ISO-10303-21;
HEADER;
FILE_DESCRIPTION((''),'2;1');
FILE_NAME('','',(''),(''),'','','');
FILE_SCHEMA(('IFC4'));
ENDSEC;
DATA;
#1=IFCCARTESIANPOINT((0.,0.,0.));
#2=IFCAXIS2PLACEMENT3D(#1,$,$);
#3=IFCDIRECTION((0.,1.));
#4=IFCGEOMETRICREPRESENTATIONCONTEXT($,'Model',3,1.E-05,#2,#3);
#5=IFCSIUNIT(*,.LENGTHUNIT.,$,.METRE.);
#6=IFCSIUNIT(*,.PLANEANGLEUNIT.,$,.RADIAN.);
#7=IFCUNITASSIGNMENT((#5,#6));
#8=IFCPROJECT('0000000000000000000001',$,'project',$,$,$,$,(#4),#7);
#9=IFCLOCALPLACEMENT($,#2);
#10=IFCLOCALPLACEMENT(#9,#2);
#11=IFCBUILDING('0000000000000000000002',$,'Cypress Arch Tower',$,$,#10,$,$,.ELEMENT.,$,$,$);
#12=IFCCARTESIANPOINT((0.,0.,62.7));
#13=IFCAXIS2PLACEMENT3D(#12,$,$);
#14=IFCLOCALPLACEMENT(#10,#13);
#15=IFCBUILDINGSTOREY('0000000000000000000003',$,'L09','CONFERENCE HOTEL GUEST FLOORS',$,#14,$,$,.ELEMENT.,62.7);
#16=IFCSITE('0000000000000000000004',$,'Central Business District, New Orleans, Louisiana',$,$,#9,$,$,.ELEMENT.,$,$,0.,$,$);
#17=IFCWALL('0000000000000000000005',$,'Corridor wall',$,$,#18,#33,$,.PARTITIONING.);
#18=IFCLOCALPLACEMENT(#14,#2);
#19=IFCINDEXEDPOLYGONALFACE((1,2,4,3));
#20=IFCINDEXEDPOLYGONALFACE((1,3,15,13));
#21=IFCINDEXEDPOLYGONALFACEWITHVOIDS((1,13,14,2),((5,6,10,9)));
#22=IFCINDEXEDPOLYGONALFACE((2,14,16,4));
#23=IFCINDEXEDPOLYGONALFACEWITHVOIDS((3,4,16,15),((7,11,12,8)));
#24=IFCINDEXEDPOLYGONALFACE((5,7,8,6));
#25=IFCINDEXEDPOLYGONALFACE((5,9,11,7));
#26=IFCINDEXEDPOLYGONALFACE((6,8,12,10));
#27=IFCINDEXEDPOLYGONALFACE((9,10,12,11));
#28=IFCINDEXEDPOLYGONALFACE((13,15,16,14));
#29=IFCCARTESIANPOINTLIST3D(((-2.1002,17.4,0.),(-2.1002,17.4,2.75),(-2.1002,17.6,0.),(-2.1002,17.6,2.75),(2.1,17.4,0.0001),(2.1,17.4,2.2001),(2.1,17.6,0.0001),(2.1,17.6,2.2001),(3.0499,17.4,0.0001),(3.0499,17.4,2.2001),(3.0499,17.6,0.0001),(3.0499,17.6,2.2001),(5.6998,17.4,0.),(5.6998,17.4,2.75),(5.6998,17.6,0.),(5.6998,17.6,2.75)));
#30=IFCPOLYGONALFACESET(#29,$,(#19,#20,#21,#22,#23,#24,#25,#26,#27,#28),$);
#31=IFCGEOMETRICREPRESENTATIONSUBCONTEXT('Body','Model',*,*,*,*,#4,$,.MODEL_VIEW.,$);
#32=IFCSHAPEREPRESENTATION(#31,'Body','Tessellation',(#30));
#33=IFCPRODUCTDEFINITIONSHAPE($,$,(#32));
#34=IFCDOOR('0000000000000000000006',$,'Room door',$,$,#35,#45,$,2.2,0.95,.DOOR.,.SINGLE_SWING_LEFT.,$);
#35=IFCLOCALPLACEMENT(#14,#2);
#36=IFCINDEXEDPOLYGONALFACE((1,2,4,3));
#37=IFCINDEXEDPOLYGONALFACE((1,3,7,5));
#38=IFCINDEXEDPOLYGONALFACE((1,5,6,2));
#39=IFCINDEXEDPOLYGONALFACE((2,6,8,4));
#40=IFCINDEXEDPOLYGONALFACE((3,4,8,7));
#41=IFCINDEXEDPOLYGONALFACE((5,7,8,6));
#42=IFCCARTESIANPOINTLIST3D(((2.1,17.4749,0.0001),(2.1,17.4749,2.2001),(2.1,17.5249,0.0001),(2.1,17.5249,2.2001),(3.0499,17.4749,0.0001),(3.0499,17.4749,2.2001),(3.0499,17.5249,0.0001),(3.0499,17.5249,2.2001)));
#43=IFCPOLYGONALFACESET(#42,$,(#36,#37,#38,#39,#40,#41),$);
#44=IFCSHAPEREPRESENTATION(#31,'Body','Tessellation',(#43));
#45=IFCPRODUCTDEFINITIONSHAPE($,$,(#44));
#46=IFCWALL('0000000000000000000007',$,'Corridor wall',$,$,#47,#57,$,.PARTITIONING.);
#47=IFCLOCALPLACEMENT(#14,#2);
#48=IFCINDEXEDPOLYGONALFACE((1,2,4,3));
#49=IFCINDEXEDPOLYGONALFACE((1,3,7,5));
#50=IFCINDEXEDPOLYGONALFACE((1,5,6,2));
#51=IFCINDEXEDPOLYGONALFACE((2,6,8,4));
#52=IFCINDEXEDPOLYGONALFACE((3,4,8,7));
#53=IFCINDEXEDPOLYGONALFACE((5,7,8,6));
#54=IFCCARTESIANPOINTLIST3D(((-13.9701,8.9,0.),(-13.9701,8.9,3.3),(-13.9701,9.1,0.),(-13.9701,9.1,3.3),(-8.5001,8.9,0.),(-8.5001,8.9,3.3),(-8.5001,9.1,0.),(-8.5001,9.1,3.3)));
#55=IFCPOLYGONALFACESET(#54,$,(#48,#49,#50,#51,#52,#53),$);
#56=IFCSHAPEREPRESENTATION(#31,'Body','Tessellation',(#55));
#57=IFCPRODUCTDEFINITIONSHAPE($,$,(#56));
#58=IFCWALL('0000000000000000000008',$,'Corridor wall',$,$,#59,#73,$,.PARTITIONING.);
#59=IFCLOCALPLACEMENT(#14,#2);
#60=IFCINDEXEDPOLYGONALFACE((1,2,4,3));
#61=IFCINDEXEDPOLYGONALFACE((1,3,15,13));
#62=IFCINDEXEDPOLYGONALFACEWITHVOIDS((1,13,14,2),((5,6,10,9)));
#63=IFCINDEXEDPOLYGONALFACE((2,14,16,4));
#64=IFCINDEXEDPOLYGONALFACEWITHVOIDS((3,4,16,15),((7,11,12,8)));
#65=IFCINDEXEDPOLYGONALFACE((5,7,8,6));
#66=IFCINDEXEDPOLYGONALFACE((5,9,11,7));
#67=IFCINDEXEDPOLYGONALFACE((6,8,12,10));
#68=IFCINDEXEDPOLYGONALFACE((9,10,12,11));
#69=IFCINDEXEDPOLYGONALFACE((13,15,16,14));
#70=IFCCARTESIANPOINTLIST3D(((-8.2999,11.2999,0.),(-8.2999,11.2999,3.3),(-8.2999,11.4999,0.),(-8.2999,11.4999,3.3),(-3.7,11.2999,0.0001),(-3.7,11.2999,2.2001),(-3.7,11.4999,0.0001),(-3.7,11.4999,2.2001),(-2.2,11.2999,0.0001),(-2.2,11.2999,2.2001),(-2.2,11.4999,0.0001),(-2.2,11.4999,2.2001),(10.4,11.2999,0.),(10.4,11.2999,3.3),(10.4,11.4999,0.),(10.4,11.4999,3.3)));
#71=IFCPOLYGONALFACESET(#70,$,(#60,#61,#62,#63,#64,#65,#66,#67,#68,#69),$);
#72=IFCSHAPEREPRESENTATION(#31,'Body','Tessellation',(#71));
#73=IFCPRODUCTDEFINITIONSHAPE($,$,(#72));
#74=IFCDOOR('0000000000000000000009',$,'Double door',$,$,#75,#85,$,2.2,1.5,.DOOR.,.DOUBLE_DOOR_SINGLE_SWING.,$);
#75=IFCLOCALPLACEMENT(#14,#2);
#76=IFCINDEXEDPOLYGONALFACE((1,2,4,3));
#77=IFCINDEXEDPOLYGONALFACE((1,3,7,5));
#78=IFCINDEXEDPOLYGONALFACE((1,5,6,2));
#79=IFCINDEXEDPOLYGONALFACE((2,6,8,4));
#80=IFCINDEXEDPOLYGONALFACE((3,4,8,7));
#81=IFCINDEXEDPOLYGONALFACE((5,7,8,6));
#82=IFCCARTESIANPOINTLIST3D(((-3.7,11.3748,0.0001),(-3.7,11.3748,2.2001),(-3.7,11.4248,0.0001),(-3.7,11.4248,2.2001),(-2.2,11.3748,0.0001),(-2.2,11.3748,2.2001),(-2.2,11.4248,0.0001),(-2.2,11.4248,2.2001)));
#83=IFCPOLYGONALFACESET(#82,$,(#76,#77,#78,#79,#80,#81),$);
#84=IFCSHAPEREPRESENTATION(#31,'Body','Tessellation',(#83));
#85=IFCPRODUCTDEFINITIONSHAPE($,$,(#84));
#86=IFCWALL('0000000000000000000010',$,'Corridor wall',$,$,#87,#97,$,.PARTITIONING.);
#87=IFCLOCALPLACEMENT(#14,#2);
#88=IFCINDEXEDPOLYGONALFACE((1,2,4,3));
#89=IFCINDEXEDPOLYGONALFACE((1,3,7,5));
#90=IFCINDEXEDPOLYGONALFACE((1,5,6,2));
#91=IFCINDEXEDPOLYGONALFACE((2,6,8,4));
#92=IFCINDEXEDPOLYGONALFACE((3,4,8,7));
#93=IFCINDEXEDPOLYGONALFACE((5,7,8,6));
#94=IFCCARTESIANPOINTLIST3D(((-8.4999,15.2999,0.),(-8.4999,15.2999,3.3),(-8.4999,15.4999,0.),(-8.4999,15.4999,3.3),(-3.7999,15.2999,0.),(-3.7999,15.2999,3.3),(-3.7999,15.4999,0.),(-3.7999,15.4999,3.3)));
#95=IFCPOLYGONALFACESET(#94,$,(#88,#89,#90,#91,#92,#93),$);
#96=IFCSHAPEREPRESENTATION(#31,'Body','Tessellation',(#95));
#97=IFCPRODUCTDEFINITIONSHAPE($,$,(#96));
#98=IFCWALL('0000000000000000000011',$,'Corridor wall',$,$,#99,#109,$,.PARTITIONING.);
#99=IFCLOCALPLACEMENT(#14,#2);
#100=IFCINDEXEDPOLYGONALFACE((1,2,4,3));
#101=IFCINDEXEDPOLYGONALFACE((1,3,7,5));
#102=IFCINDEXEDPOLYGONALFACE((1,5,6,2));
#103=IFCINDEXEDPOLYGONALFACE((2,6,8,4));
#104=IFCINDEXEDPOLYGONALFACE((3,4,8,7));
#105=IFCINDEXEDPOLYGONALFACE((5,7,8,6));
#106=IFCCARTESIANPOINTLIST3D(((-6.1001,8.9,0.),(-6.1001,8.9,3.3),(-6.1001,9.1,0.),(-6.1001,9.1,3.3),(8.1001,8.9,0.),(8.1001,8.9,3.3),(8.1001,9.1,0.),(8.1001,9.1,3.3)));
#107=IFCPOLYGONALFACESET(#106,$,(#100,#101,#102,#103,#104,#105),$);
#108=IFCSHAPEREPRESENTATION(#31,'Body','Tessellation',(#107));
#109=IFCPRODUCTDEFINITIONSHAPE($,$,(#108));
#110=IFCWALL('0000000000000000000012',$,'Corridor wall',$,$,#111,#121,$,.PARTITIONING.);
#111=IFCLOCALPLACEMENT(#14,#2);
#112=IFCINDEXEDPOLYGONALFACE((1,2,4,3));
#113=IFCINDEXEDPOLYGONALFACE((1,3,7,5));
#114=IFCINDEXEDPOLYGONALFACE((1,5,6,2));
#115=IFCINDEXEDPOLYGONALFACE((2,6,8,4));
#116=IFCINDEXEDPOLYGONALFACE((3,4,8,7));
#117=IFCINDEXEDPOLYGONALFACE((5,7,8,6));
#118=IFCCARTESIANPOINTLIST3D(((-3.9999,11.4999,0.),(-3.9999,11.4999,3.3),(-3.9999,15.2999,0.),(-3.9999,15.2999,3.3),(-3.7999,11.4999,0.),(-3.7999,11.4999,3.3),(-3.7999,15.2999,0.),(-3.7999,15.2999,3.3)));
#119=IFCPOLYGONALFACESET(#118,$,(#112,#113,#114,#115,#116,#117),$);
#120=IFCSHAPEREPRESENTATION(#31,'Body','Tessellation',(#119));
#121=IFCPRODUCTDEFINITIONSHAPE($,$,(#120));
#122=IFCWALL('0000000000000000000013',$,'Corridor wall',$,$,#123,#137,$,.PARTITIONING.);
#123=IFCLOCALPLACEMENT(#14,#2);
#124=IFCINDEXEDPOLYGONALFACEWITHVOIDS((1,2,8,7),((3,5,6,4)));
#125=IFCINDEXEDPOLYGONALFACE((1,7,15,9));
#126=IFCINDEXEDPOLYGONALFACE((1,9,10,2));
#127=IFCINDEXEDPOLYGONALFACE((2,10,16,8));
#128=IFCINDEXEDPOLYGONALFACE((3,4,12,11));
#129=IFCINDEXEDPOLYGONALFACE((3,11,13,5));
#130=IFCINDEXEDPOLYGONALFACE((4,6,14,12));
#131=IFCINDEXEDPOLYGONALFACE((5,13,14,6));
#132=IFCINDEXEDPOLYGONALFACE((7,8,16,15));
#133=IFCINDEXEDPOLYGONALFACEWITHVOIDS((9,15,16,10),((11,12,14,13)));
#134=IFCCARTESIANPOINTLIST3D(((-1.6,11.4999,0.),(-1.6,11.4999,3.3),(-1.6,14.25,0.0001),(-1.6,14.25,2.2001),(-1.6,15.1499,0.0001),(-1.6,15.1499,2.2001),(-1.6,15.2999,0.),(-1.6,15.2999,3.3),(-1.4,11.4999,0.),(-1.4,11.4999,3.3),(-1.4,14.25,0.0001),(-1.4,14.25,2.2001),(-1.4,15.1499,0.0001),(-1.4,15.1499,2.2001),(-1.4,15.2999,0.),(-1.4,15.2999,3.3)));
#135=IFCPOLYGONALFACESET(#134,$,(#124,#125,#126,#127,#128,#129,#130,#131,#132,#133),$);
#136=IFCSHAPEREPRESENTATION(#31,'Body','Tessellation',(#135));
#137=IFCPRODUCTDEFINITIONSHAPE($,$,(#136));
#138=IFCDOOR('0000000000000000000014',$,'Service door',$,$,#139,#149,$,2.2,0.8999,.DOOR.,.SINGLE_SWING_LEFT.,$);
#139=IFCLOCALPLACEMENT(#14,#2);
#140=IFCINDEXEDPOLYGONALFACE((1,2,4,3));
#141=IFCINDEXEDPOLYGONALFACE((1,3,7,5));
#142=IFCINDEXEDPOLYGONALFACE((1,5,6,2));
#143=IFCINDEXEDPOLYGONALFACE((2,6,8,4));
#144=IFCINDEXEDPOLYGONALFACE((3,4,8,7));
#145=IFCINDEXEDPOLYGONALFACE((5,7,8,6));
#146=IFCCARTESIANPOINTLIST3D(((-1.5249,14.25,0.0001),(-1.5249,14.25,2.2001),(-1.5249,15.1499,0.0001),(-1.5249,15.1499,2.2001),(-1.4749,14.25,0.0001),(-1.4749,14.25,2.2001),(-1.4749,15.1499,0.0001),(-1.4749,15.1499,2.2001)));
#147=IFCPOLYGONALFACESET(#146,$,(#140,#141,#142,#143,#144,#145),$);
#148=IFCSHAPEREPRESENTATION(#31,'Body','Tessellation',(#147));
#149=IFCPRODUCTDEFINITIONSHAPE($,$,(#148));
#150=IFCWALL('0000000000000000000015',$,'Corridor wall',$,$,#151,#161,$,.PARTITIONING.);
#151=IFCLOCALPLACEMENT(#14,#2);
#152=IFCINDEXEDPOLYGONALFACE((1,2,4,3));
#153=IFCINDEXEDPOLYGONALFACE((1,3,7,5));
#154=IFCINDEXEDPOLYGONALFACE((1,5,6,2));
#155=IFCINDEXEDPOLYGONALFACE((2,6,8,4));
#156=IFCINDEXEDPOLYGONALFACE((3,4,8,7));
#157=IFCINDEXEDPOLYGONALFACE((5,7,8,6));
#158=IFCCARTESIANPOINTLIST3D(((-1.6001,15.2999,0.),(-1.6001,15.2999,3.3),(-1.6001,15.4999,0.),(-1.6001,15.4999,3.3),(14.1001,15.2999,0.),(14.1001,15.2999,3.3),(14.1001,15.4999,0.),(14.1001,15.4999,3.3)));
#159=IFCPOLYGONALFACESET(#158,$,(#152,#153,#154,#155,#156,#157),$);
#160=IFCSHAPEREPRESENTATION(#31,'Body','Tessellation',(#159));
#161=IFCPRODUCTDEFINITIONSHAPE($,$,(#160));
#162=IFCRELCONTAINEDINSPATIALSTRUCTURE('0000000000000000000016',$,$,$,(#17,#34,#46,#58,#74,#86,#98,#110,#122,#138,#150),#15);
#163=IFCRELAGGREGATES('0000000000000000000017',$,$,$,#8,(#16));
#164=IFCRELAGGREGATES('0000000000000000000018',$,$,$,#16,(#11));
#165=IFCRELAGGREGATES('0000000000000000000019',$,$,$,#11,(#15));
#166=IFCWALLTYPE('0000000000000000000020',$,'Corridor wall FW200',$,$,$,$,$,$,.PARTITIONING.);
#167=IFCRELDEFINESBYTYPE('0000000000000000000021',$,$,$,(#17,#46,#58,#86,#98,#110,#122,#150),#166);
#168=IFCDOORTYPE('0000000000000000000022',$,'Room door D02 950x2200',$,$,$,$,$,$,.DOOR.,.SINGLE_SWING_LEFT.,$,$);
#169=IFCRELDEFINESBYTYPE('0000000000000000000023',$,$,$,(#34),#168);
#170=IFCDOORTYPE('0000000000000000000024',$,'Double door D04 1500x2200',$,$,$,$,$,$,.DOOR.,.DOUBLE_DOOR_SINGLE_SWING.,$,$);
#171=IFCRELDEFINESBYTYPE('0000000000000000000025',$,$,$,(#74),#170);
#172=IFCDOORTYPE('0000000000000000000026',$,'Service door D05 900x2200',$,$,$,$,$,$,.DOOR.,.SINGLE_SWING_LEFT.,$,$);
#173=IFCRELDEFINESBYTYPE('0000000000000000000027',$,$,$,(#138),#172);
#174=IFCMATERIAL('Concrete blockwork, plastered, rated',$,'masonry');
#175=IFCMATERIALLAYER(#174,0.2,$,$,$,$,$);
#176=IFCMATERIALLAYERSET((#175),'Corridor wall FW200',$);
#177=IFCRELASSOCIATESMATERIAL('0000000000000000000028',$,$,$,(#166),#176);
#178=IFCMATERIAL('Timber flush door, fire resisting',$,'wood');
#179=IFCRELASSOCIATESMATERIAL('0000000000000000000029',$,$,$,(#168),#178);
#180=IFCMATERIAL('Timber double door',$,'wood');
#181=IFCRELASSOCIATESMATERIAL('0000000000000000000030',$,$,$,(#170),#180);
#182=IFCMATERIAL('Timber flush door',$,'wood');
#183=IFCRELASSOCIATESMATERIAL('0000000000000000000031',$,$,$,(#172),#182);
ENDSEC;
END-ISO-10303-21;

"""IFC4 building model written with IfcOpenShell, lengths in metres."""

from ifc_helpers import new_model, si_unit, direction, frame, frame_2d, origin, place, context, subcontext, project, spatial, rectangle, extrude, material, layer, layer_set, type_object, element, fill, save


model = new_model("IFC4")

# Units and contexts
model_context = context("Model", 3, precision=1e-05, world=origin(), true_north=direction((0.0, 1.0)))
body_context = subcontext(model_context, "Body", "Model", "MODEL_VIEW")
ifc_project = project(units=[si_unit("LENGTHUNIT", "METRE"), si_unit("PLANEANGLEUNIT", "RADIAN")], contexts=[model_context])

# Site, building, storey
site_placement = place(None, origin())
site = spatial("IfcSite", under=ifc_project, at=site_placement, Name="Central Business District, New Orleans, Louisiana", CompositionType="ELEMENT", RefElevation=0.0)
building_placement = place(site_placement, origin())
building = spatial("IfcBuilding", under=site, at=building_placement, Name="Cypress Arch Tower", CompositionType="ELEMENT")
storey_placement = place(building_placement, frame((0.0, 0.0, 62.7)))
storey = spatial("IfcBuildingStorey", under=building, at=storey_placement, Name="L09", Description="CONFERENCE HOTEL GUEST FLOORS", CompositionType="ELEMENT", Elevation=62.7)

# Shared definitions
ifc_material_1 = material(Name="Concrete blockwork, plastered, rated", Category="masonry")
ifc_layer_1 = layer(ifc_material_1, 0.2)
ifc_layer_set_1 = layer_set([ifc_layer_1], Name="Corridor wall FW200")
wall_type_1 = type_object("IfcWallType", Name="Corridor wall FW200", PredefinedType="PARTITIONING", material=ifc_layer_set_1)

# Shared definitions
ifc_material_2 = material(Name="Timber flush door, fire resisting", Category="wood")
door_type_1 = type_object("IfcDoorType", Name="Room door D02 950x2200", OperationType="SINGLE_SWING_LEFT", PredefinedType="DOOR", material=ifc_material_2)

# Wall, opening, door
wall_1_placement = place(storey_placement, frame((-2.1001, 17.5, 0.0), z_axis=(0.0, 0.0, 1.0), x_axis=(1.0, 0.0, 0.0)))
wall_1 = element("IfcWall", 1, at=wall_1_placement, inside=storey, type_object=wall_type_1, Name="Corridor wall", PredefinedType="PARTITIONING", context=body_context, shape_type="SweptSolid", body=[
    extrude(rectangle(XDim=7.8, YDim=0.2, at=frame_2d((3.8999, 0.0))), origin(), (0.0, 0.0, 1.0), 2.75),
])
opening_1_placement = place(wall_1_placement, frame((4.2, 0.0, 0.0)))
opening_1 = element("IfcOpeningElement", 2, at=opening_1_placement, cuts=wall_1, PredefinedType="OPENING", context=body_context, shape_type="SweptSolid", body=[
    extrude(rectangle(XDim=0.95, YDim=2.2, at=frame_2d((0.4751, 1.1001))), frame((0.0, 0.1099, 0.0), z_axis=(0.0, -1.0, 0.0), x_axis=(1.0, 0.0, 0.0)), (0.0, 0.0, 1.0), 0.22),
])
door_1_placement = place(opening_1_placement, origin())
door_1 = element("IfcDoor", 3, at=door_1_placement, inside=storey, type_object=door_type_1, Name="Room door", OperationType="SINGLE_SWING_LEFT", OverallHeight=2.2, OverallWidth=0.95, PredefinedType="DOOR", context=body_context, shape_type="SweptSolid", body=[
    extrude(rectangle(XDim=0.95, YDim=2.2, at=frame_2d((0.4751, 1.1001))), frame((0.0, 0.0249, 0.0), z_axis=(0.0, -1.0, 0.0), x_axis=(1.0, 0.0, 0.0)), (0.0, 0.0, 1.0), 0.05),
])
fill(opening_1, door_1)

# Wall
wall_2_placement = place(storey_placement, frame((-13.97, 9.0, 0.0), z_axis=(0.0, 0.0, 1.0), x_axis=(1.0, 0.0, 0.0)))
element("IfcWall", 4, at=wall_2_placement, inside=storey, type_object=wall_type_1, Name="Corridor wall", PredefinedType="PARTITIONING", context=body_context, shape_type="SweptSolid", body=[
    extrude(rectangle(XDim=5.47, YDim=0.2, at=frame_2d((2.7349, 0.0))), origin(), (0.0, 0.0, 1.0), 3.3),
])

# Wall, opening, door
wall_3_placement = place(storey_placement, frame((-8.3, 11.3999, 0.0), z_axis=(0.0, 0.0, 1.0), x_axis=(1.0, 0.0, 0.0)))
wall_3 = element("IfcWall", 5, at=wall_3_placement, inside=storey, type_object=wall_type_1, Name="Corridor wall", PredefinedType="PARTITIONING", context=body_context, shape_type="SweptSolid", body=[
    extrude(rectangle(XDim=18.7, YDim=0.2, at=frame_2d((9.3501, 0.0))), origin(), (0.0, 0.0, 1.0), 3.3),
])
opening_2_placement = place(wall_3_placement, frame((4.6001, 0.0, 0.0)))
opening_2 = element("IfcOpeningElement", 6, at=opening_2_placement, cuts=wall_3, PredefinedType="OPENING", context=body_context, shape_type="SweptSolid", body=[
    extrude(rectangle(XDim=1.5, YDim=2.2, at=frame_2d((0.75, 1.1001))), frame((0.0, 0.1099, 0.0), z_axis=(0.0, -1.0, 0.0), x_axis=(1.0, 0.0, 0.0)), (0.0, 0.0, 1.0), 0.22),
])
ifc_material_3 = material(Name="Timber double door", Category="wood")
door_type_2 = type_object("IfcDoorType", Name="Double door D04 1500x2200", OperationType="DOUBLE_DOOR_SINGLE_SWING", PredefinedType="DOOR", material=ifc_material_3)
door_2_placement = place(opening_2_placement, origin())
door_2 = element("IfcDoor", 7, at=door_2_placement, inside=storey, type_object=door_type_2, Name="Double door", OperationType="DOUBLE_DOOR_SINGLE_SWING", OverallHeight=2.2, OverallWidth=1.5, PredefinedType="DOOR", context=body_context, shape_type="SweptSolid", body=[
    extrude(rectangle(XDim=1.5, YDim=2.2, at=frame_2d((0.75, 1.1001))), frame((0.0, 0.0249, 0.0), z_axis=(0.0, -1.0, 0.0), x_axis=(1.0, 0.0, 0.0)), (0.0, 0.0, 1.0), 0.05),
])
fill(opening_2, door_2)

# Walls
wall_4_placement = place(storey_placement, frame((-8.5, 15.3999, 0.0), z_axis=(0.0, 0.0, 1.0), x_axis=(1.0, 0.0, 0.0)))
element("IfcWall", 8, at=wall_4_placement, inside=storey, type_object=wall_type_1, Name="Corridor wall", PredefinedType="PARTITIONING", context=body_context, shape_type="SweptSolid", body=[
    extrude(rectangle(XDim=4.7, YDim=0.2, at=frame_2d((2.3501, 0.0))), origin(), (0.0, 0.0, 1.0), 3.3),
])
wall_5_placement = place(storey_placement, frame((-6.1001, 9.0, 0.0), z_axis=(0.0, 0.0, 1.0), x_axis=(1.0, 0.0, 0.0)))
element("IfcWall", 9, at=wall_5_placement, inside=storey, type_object=wall_type_1, Name="Corridor wall", PredefinedType="PARTITIONING", context=body_context, shape_type="SweptSolid", body=[
    extrude(rectangle(XDim=14.2002, YDim=0.2, at=frame_2d((7.1001, 0.0))), origin(), (0.0, 0.0, 1.0), 3.3),
])
wall_6_placement = place(storey_placement, frame((-3.8999, 11.5, 0.0), z_axis=(0.0, 0.0, 1.0), x_axis=(0.0, 1.0, 0.0)))
element("IfcWall", 10, at=wall_6_placement, inside=storey, type_object=wall_type_1, Name="Corridor wall", PredefinedType="PARTITIONING", context=body_context, shape_type="SweptSolid", body=[
    extrude(rectangle(XDim=3.8, YDim=0.2, at=frame_2d((1.8999, 0.0))), origin(), (0.0, 0.0, 1.0), 3.3),
])

# Wall, opening, door
wall_7_placement = place(storey_placement, frame((-1.5, 11.5, 0.0), z_axis=(0.0, 0.0, 1.0), x_axis=(0.0, 1.0, 0.0)))
wall_7 = element("IfcWall", 11, at=wall_7_placement, inside=storey, type_object=wall_type_1, Name="Corridor wall", PredefinedType="PARTITIONING", context=body_context, shape_type="SweptSolid", body=[
    extrude(rectangle(XDim=3.8, YDim=0.2, at=frame_2d((1.8999, 0.0))), origin(), (0.0, 0.0, 1.0), 3.3),
])
opening_3_placement = place(wall_7_placement, frame((2.75, 0.0, 0.0)))
opening_3 = element("IfcOpeningElement", 12, at=opening_3_placement, cuts=wall_7, PredefinedType="OPENING", context=body_context, shape_type="SweptSolid", body=[
    extrude(rectangle(XDim=0.8999, YDim=2.2, at=frame_2d((0.45, 1.1001))), frame((0.0, 0.1099, 0.0), z_axis=(0.0, -1.0, 0.0), x_axis=(1.0, 0.0, 0.0)), (0.0, 0.0, 1.0), 0.22),
])
ifc_material_4 = material(Name="Timber flush door", Category="wood")
door_type_3 = type_object("IfcDoorType", Name="Service door D05 900x2200", OperationType="SINGLE_SWING_LEFT", PredefinedType="DOOR", material=ifc_material_4)
door_3_placement = place(opening_3_placement, origin())
door_3 = element("IfcDoor", 13, at=door_3_placement, inside=storey, type_object=door_type_3, Name="Service door", OperationType="SINGLE_SWING_LEFT", OverallHeight=2.2, OverallWidth=0.8999, PredefinedType="DOOR", context=body_context, shape_type="SweptSolid", body=[
    extrude(rectangle(XDim=0.8999, YDim=2.2, at=frame_2d((0.45, 1.1001))), frame((0.0, 0.0249, 0.0), z_axis=(0.0, -1.0, 0.0), x_axis=(1.0, 0.0, 0.0)), (0.0, 0.0, 1.0), 0.05),
])
fill(opening_3, door_3)

# Wall
wall_8_placement = place(storey_placement, frame((-1.6001, 15.3999, 0.0), z_axis=(0.0, 0.0, 1.0), x_axis=(1.0, 0.0, 0.0)))
element("IfcWall", 14, at=wall_8_placement, inside=storey, type_object=wall_type_1, Name="Corridor wall", PredefinedType="PARTITIONING", context=body_context, shape_type="SweptSolid", body=[
    extrude(rectangle(XDim=15.7002, YDim=0.2, at=frame_2d((7.8501, 0.0))), origin(), (0.0, 0.0, 1.0), 3.3),
])

save(model, "model.ifc")
